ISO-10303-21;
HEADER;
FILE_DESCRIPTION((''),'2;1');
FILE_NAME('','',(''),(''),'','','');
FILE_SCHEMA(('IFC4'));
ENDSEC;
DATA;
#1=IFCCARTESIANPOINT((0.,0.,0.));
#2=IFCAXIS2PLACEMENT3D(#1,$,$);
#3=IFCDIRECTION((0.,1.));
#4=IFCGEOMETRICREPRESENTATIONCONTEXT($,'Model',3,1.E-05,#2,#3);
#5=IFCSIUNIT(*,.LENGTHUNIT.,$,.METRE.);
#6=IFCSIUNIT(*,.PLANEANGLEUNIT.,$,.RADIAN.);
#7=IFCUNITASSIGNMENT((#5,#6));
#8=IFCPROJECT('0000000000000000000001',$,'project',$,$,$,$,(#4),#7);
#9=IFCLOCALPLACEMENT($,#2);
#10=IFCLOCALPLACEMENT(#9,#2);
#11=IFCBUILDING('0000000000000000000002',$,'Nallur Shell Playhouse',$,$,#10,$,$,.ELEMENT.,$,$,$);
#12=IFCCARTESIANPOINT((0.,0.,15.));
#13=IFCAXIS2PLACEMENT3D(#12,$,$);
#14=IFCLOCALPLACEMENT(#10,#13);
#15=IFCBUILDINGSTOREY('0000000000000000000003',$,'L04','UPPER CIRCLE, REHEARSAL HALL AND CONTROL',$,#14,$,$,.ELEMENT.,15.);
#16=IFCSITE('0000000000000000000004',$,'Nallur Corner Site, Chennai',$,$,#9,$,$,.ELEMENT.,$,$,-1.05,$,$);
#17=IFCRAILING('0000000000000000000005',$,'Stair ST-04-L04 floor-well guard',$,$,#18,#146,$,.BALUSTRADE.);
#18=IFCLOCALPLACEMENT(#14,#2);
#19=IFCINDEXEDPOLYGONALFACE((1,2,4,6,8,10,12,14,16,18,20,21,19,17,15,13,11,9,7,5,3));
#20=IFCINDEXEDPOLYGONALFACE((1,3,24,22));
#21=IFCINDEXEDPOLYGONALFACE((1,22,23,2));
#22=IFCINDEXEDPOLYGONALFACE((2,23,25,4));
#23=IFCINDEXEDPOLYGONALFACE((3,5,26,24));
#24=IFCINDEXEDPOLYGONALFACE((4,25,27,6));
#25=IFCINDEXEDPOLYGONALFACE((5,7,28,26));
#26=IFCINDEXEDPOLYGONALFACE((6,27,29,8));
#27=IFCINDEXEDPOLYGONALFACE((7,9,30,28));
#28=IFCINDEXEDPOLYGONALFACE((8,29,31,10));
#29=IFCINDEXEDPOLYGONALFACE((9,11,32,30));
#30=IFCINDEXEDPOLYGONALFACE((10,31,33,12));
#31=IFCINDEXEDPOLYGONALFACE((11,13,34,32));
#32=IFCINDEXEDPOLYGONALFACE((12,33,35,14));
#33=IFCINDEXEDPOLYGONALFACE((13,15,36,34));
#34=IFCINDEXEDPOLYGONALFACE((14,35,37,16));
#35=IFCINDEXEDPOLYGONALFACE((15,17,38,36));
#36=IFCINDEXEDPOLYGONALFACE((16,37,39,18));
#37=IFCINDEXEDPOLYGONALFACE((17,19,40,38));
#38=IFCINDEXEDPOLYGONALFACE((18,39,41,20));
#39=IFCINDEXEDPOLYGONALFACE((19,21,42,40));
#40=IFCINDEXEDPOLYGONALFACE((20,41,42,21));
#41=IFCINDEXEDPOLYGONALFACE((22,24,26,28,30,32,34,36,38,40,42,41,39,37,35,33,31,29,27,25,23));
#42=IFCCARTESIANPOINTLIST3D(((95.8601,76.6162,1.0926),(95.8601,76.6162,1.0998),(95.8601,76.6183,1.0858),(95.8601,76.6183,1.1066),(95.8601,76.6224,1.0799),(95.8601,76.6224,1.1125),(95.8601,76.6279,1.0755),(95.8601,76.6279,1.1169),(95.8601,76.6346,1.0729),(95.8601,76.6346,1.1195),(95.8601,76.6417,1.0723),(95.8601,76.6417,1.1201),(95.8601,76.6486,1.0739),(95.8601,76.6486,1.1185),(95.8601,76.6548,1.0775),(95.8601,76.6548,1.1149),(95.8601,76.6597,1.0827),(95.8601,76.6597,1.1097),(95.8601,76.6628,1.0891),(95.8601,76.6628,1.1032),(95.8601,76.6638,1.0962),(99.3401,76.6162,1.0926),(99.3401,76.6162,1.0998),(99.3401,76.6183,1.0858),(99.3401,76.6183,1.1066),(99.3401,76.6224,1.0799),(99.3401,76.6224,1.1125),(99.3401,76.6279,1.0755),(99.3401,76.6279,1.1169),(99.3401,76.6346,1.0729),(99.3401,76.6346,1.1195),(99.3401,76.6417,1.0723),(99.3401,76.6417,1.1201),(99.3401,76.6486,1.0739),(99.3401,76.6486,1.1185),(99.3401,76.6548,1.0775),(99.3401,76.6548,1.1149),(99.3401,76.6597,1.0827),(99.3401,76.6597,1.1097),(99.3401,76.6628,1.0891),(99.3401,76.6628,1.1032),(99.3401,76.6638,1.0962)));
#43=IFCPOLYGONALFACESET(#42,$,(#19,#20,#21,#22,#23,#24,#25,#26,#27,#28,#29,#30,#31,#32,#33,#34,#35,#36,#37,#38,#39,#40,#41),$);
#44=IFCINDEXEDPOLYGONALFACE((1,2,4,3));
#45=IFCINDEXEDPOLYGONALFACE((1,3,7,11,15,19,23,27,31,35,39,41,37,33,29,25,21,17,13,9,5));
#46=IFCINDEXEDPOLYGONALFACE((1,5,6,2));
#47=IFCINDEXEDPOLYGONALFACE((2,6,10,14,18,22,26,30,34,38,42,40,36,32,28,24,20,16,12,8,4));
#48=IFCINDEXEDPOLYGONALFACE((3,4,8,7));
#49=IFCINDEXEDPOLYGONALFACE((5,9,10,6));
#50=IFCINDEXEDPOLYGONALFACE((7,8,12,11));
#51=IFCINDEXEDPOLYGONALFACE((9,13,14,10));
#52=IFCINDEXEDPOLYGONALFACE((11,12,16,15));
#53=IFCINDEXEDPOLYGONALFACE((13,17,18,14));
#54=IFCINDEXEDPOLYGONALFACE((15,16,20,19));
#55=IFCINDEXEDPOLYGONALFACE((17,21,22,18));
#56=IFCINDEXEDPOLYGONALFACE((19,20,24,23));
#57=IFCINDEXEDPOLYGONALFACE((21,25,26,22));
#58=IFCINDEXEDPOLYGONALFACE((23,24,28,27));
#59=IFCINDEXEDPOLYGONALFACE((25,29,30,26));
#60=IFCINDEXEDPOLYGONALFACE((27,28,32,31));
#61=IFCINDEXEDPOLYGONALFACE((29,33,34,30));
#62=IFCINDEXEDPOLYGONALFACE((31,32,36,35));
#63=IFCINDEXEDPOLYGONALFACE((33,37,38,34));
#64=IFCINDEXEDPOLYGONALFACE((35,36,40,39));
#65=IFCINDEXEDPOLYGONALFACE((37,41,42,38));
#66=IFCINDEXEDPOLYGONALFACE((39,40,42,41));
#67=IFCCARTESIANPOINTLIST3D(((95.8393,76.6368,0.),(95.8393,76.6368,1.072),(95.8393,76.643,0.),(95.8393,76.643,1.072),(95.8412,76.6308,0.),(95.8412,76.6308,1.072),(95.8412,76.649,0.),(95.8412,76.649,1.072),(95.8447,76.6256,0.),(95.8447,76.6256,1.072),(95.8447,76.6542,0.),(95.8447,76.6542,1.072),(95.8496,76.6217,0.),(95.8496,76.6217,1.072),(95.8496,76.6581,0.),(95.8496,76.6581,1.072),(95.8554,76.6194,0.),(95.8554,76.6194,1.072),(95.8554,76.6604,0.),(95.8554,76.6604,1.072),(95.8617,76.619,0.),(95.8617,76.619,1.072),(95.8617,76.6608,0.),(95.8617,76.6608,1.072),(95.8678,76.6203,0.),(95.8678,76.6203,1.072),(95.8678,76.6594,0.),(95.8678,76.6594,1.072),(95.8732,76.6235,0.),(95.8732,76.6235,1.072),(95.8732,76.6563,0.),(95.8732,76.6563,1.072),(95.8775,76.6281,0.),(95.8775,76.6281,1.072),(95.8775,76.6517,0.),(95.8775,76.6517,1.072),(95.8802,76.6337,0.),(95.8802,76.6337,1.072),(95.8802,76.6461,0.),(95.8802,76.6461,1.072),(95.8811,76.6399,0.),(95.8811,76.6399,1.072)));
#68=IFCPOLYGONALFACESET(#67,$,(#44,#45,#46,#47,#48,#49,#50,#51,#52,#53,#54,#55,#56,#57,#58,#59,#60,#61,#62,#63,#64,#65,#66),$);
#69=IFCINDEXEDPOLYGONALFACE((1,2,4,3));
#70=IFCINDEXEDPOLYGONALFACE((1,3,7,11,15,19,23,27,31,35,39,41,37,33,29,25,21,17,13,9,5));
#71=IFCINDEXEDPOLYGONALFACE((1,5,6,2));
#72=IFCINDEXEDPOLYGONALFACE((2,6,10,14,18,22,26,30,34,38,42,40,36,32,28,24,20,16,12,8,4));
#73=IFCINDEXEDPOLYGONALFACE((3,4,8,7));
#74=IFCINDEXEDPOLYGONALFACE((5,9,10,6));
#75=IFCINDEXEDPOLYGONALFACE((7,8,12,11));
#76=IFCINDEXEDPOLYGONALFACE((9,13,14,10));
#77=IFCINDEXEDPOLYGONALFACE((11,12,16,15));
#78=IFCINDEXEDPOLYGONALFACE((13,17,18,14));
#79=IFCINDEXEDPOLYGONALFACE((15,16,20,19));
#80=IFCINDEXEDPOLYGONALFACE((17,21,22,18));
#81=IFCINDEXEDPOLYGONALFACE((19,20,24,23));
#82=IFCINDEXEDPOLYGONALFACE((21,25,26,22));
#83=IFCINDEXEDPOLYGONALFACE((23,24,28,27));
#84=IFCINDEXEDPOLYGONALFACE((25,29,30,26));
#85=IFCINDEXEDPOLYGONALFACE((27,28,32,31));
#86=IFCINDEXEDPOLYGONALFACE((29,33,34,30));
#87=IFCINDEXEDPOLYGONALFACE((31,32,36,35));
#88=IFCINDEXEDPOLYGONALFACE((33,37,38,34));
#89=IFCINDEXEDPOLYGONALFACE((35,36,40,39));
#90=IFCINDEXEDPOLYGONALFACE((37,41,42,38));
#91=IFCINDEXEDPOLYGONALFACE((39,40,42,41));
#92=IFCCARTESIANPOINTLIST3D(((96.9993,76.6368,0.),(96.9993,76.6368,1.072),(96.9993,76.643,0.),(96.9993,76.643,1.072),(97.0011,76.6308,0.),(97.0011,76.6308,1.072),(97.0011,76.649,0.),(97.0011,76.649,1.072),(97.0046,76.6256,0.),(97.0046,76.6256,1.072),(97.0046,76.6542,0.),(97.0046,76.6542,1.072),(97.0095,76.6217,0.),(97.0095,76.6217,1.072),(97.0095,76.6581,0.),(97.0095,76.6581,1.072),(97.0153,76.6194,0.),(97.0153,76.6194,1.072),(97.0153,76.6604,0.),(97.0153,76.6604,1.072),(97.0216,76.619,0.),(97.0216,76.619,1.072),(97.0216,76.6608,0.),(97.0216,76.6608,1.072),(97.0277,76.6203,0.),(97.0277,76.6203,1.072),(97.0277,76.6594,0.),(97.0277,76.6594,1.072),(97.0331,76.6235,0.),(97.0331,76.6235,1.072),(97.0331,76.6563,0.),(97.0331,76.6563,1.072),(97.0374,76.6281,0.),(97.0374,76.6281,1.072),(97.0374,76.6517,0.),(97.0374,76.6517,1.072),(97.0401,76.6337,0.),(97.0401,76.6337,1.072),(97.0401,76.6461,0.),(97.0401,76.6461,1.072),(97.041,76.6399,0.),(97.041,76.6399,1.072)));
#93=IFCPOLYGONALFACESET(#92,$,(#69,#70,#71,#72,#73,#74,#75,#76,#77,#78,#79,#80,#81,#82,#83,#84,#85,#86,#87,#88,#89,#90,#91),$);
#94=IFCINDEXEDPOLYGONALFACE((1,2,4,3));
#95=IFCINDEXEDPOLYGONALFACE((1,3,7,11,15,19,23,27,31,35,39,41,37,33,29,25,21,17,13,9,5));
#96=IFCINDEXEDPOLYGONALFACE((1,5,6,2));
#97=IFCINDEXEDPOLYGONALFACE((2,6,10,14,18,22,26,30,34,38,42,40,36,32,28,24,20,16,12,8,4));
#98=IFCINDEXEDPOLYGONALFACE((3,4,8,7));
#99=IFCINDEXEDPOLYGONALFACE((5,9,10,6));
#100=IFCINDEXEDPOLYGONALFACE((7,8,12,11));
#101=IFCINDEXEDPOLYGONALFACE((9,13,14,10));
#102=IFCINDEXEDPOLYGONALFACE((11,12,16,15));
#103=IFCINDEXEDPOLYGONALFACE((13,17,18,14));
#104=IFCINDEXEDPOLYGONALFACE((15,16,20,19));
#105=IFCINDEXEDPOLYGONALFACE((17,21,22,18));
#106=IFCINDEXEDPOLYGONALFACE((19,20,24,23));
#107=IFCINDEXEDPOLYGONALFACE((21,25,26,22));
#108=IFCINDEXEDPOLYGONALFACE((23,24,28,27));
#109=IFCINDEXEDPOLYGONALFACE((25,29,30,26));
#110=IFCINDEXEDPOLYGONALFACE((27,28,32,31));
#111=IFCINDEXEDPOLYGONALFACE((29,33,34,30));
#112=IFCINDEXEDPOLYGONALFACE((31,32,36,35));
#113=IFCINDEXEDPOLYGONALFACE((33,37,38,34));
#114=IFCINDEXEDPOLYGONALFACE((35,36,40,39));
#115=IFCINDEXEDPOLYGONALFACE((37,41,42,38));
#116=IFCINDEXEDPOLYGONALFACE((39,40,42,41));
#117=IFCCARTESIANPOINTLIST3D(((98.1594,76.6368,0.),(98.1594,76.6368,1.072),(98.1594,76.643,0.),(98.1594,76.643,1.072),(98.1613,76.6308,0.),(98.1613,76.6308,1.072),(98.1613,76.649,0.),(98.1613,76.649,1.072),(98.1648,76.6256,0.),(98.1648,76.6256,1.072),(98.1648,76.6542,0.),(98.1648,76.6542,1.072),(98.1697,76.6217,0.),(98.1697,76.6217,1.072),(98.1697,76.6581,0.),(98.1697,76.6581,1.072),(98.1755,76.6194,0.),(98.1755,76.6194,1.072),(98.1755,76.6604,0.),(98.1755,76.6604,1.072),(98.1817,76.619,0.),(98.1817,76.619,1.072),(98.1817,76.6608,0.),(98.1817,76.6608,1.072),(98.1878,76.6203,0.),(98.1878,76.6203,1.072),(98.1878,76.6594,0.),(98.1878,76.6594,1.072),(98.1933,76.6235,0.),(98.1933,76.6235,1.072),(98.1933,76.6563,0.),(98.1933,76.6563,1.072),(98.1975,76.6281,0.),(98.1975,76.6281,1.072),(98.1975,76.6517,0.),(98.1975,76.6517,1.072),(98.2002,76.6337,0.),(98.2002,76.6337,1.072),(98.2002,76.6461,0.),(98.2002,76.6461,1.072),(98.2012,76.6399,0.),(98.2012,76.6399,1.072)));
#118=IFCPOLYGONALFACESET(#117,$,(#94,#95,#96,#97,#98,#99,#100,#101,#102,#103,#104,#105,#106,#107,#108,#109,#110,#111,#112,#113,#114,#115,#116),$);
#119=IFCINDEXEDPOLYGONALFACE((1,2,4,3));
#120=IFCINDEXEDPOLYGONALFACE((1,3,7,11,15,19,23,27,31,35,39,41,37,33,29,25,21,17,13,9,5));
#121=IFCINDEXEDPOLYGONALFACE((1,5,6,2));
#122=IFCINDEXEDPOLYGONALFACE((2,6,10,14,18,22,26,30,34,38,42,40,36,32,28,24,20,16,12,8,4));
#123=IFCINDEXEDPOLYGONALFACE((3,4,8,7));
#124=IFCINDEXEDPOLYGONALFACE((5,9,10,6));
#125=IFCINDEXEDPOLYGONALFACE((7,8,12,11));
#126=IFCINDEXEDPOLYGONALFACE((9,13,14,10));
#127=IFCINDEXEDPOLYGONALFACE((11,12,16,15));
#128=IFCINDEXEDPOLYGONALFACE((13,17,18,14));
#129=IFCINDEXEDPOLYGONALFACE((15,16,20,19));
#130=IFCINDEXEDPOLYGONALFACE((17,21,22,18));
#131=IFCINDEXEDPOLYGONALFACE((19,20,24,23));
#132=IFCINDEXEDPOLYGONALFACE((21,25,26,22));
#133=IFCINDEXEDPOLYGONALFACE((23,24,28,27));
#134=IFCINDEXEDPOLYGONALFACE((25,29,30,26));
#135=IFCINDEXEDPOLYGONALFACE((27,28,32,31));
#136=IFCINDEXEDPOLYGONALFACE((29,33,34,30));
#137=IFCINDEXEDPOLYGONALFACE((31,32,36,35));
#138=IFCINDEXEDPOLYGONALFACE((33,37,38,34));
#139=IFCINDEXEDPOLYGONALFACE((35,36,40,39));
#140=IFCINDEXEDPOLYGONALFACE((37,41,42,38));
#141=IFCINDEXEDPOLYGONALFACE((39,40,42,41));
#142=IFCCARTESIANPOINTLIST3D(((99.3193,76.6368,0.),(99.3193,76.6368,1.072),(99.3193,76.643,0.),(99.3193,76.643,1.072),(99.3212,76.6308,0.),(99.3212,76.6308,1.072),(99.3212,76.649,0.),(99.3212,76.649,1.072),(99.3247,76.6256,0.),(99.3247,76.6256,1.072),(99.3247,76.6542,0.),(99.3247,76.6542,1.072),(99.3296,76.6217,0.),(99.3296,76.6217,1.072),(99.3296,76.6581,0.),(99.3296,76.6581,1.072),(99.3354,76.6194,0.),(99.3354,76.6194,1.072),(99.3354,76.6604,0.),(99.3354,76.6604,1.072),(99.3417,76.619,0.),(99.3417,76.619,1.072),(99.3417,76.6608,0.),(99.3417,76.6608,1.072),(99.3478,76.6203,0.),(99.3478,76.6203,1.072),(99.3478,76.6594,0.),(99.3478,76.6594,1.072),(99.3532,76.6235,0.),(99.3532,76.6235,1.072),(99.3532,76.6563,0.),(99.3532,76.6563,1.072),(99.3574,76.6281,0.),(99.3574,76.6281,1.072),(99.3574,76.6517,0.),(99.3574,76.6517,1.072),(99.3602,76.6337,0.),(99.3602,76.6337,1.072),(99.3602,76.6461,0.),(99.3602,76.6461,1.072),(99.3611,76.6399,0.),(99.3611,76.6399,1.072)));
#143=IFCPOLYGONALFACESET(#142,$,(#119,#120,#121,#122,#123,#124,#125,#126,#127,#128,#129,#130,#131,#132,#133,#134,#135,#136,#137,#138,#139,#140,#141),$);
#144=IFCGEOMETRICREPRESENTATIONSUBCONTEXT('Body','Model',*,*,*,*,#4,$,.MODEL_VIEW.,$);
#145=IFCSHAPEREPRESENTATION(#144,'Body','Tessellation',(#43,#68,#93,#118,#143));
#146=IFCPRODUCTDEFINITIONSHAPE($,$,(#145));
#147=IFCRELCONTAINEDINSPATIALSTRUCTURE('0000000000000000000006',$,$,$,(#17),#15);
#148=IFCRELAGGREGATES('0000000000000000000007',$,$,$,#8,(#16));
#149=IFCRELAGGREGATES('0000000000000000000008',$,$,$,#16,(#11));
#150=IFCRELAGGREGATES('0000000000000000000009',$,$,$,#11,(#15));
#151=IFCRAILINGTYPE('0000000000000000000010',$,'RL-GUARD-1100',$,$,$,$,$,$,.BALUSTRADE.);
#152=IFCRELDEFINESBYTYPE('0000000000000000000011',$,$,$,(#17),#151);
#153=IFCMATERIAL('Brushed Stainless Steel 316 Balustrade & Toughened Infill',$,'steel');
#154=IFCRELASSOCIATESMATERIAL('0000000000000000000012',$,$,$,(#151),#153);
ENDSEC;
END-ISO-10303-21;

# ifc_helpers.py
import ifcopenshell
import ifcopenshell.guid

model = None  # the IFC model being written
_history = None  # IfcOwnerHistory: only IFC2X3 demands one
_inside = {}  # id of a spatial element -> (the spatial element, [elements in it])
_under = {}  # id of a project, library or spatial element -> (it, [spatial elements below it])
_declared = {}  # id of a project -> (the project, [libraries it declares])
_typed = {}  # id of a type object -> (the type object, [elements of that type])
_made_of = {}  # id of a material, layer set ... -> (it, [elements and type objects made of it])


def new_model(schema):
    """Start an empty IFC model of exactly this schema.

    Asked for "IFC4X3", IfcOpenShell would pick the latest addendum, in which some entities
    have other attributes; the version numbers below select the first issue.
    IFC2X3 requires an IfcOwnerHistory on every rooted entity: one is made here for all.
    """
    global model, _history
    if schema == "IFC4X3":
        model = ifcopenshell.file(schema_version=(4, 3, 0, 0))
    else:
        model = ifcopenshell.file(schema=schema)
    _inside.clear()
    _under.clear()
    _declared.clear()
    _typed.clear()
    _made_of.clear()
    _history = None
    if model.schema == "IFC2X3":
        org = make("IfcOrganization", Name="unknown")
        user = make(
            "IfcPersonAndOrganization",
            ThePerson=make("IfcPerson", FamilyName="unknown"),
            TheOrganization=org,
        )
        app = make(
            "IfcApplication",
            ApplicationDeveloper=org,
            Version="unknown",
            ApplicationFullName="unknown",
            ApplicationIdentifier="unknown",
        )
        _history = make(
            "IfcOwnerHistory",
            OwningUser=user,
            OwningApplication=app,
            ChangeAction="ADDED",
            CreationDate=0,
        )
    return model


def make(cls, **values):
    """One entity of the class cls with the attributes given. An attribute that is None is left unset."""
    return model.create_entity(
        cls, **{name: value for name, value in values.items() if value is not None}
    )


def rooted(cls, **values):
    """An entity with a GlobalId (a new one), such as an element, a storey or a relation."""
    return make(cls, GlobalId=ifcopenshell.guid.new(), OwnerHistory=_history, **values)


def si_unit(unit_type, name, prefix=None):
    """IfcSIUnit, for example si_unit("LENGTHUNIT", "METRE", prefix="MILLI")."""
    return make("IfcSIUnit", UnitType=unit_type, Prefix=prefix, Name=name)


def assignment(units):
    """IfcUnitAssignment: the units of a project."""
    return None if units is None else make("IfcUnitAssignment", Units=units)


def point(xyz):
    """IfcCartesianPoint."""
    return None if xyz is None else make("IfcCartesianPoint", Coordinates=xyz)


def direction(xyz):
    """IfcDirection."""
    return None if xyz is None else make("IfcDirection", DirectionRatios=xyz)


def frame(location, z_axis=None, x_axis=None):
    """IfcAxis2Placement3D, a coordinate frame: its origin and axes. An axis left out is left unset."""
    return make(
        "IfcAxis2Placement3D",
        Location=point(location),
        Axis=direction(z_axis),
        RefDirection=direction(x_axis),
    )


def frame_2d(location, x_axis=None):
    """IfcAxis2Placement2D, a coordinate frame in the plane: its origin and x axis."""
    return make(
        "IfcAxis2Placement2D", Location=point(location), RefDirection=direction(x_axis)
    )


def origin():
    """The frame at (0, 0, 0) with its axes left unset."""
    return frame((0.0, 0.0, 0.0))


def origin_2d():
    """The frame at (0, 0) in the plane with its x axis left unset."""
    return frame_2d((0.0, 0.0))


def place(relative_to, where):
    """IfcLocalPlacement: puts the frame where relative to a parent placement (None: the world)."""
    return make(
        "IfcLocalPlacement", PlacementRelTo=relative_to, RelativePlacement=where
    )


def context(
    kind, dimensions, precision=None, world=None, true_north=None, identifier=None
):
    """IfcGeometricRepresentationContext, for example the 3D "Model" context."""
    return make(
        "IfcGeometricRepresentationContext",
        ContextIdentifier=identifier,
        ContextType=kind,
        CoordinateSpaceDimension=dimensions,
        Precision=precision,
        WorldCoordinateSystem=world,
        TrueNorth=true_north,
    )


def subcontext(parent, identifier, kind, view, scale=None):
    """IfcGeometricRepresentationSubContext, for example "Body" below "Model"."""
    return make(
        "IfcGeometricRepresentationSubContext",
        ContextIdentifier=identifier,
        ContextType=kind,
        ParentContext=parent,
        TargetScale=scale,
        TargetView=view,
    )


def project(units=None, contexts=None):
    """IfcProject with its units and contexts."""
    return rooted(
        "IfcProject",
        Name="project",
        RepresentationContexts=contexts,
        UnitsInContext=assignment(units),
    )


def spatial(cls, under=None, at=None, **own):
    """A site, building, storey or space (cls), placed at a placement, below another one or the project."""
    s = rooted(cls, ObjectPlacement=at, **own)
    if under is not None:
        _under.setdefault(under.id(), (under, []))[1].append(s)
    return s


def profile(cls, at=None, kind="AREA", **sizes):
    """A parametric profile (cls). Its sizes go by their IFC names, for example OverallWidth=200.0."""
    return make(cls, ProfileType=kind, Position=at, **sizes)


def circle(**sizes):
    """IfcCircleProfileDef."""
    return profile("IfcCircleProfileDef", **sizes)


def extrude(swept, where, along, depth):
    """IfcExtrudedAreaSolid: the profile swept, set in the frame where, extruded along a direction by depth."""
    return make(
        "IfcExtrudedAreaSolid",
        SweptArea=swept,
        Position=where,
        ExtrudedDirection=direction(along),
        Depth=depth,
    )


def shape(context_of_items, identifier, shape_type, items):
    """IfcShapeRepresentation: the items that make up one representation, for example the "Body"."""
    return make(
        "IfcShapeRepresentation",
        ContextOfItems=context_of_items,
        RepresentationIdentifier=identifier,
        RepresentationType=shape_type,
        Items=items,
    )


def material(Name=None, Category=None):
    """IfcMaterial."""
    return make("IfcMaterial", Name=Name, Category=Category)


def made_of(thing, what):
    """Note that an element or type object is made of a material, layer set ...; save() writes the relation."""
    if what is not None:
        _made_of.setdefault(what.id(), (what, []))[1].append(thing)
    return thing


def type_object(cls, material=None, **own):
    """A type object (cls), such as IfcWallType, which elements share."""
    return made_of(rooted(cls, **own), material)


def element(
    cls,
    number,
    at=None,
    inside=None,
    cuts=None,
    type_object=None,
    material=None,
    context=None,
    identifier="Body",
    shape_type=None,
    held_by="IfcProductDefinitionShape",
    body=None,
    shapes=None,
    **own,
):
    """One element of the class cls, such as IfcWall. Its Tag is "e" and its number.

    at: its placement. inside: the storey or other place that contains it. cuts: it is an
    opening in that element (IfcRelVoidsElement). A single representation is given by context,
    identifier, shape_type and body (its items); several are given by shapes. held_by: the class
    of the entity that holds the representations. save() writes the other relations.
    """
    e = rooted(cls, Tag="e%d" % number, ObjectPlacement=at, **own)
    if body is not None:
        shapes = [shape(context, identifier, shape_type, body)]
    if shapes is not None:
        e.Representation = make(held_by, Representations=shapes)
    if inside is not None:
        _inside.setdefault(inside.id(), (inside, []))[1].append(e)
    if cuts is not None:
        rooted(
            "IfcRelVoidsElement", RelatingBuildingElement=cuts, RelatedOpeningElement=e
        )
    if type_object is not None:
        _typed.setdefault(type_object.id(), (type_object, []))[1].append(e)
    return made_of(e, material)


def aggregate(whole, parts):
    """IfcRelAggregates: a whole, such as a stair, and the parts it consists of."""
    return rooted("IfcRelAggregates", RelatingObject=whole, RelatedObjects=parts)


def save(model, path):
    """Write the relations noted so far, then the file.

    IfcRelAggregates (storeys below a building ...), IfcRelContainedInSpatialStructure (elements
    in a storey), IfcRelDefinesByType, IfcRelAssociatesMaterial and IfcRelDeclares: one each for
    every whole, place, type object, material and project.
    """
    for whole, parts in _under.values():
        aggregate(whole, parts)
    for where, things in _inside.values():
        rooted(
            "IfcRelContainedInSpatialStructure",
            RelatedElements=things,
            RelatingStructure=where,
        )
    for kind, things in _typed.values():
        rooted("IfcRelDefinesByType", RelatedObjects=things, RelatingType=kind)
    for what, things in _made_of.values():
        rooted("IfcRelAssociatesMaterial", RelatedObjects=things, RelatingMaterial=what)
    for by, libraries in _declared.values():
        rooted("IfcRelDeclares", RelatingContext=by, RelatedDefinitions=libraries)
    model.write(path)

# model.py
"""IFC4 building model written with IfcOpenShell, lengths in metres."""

from ifc_helpers import new_model, si_unit, direction, frame, origin, origin_2d, place, context, subcontext, project, spatial, circle, extrude, material, type_object, element, save


model = new_model("IFC4")

# Units and contexts
model_context = context("Model", 3, precision=1e-05, world=origin(), true_north=direction((0.0, 1.0)))
body_context = subcontext(model_context, "Body", "Model", "MODEL_VIEW")
ifc_project = project(units=[si_unit("LENGTHUNIT", "METRE"), si_unit("PLANEANGLEUNIT", "RADIAN")], contexts=[model_context])

# Site, building, storey
site_placement = place(None, origin())
site = spatial("IfcSite", under=ifc_project, at=site_placement, Name="Nallur Corner Site, Chennai", CompositionType="ELEMENT", RefElevation=-1.05)
building_placement = place(site_placement, origin())
building = spatial("IfcBuilding", under=site, at=building_placement, Name="Nallur Shell Playhouse", CompositionType="ELEMENT")
storey_placement = place(building_placement, frame((0.0, 0.0, 15.0)))
storey = spatial("IfcBuildingStorey", under=building, at=storey_placement, Name="L04", Description="UPPER CIRCLE, REHEARSAL HALL AND CONTROL", CompositionType="ELEMENT", Elevation=15.0)

# Railing
ifc_material_1 = material(Name="Brushed Stainless Steel 316 Balustrade & Toughened Infill", Category="steel")
railing_type_1 = type_object("IfcRailingType", Name="RL-GUARD-1100", PredefinedType="BALUSTRADE", material=ifc_material_1)
railing_1_placement = place(storey_placement, frame((95.8601, 76.6399, 0.0)))
element("IfcRailing", 1, at=railing_1_placement, inside=storey, type_object=railing_type_1, Name="Stair ST-04-L04 floor-well guard", PredefinedType="BALUSTRADE", context=body_context, shape_type="SweptSolid", body=[
    extrude(circle(Radius=0.0239, at=origin_2d()), frame((0.0, 0.0, 1.0962), z_axis=(1.0, 0.0, 0.0), x_axis=(0.0, 1.0, 0.0)), (0.0, 0.0, 1.0), 3.48),
    extrude(circle(Radius=0.021, at=origin_2d()), origin(), (0.0, 0.0, 1.0), 1.072),
    extrude(circle(Radius=0.021, at=origin_2d()), frame((1.1599, 0.0, 0.0)), (0.0, 0.0, 1.0), 1.072),
    extrude(circle(Radius=0.021, at=origin_2d()), frame((2.3201, 0.0, 0.0)), (0.0, 0.0, 1.0), 1.072),
    extrude(circle(Radius=0.021, at=origin_2d()), frame((3.48, 0.0, 0.0)), (0.0, 0.0, 1.0), 1.072),
])

save(model, "model.ifc")
